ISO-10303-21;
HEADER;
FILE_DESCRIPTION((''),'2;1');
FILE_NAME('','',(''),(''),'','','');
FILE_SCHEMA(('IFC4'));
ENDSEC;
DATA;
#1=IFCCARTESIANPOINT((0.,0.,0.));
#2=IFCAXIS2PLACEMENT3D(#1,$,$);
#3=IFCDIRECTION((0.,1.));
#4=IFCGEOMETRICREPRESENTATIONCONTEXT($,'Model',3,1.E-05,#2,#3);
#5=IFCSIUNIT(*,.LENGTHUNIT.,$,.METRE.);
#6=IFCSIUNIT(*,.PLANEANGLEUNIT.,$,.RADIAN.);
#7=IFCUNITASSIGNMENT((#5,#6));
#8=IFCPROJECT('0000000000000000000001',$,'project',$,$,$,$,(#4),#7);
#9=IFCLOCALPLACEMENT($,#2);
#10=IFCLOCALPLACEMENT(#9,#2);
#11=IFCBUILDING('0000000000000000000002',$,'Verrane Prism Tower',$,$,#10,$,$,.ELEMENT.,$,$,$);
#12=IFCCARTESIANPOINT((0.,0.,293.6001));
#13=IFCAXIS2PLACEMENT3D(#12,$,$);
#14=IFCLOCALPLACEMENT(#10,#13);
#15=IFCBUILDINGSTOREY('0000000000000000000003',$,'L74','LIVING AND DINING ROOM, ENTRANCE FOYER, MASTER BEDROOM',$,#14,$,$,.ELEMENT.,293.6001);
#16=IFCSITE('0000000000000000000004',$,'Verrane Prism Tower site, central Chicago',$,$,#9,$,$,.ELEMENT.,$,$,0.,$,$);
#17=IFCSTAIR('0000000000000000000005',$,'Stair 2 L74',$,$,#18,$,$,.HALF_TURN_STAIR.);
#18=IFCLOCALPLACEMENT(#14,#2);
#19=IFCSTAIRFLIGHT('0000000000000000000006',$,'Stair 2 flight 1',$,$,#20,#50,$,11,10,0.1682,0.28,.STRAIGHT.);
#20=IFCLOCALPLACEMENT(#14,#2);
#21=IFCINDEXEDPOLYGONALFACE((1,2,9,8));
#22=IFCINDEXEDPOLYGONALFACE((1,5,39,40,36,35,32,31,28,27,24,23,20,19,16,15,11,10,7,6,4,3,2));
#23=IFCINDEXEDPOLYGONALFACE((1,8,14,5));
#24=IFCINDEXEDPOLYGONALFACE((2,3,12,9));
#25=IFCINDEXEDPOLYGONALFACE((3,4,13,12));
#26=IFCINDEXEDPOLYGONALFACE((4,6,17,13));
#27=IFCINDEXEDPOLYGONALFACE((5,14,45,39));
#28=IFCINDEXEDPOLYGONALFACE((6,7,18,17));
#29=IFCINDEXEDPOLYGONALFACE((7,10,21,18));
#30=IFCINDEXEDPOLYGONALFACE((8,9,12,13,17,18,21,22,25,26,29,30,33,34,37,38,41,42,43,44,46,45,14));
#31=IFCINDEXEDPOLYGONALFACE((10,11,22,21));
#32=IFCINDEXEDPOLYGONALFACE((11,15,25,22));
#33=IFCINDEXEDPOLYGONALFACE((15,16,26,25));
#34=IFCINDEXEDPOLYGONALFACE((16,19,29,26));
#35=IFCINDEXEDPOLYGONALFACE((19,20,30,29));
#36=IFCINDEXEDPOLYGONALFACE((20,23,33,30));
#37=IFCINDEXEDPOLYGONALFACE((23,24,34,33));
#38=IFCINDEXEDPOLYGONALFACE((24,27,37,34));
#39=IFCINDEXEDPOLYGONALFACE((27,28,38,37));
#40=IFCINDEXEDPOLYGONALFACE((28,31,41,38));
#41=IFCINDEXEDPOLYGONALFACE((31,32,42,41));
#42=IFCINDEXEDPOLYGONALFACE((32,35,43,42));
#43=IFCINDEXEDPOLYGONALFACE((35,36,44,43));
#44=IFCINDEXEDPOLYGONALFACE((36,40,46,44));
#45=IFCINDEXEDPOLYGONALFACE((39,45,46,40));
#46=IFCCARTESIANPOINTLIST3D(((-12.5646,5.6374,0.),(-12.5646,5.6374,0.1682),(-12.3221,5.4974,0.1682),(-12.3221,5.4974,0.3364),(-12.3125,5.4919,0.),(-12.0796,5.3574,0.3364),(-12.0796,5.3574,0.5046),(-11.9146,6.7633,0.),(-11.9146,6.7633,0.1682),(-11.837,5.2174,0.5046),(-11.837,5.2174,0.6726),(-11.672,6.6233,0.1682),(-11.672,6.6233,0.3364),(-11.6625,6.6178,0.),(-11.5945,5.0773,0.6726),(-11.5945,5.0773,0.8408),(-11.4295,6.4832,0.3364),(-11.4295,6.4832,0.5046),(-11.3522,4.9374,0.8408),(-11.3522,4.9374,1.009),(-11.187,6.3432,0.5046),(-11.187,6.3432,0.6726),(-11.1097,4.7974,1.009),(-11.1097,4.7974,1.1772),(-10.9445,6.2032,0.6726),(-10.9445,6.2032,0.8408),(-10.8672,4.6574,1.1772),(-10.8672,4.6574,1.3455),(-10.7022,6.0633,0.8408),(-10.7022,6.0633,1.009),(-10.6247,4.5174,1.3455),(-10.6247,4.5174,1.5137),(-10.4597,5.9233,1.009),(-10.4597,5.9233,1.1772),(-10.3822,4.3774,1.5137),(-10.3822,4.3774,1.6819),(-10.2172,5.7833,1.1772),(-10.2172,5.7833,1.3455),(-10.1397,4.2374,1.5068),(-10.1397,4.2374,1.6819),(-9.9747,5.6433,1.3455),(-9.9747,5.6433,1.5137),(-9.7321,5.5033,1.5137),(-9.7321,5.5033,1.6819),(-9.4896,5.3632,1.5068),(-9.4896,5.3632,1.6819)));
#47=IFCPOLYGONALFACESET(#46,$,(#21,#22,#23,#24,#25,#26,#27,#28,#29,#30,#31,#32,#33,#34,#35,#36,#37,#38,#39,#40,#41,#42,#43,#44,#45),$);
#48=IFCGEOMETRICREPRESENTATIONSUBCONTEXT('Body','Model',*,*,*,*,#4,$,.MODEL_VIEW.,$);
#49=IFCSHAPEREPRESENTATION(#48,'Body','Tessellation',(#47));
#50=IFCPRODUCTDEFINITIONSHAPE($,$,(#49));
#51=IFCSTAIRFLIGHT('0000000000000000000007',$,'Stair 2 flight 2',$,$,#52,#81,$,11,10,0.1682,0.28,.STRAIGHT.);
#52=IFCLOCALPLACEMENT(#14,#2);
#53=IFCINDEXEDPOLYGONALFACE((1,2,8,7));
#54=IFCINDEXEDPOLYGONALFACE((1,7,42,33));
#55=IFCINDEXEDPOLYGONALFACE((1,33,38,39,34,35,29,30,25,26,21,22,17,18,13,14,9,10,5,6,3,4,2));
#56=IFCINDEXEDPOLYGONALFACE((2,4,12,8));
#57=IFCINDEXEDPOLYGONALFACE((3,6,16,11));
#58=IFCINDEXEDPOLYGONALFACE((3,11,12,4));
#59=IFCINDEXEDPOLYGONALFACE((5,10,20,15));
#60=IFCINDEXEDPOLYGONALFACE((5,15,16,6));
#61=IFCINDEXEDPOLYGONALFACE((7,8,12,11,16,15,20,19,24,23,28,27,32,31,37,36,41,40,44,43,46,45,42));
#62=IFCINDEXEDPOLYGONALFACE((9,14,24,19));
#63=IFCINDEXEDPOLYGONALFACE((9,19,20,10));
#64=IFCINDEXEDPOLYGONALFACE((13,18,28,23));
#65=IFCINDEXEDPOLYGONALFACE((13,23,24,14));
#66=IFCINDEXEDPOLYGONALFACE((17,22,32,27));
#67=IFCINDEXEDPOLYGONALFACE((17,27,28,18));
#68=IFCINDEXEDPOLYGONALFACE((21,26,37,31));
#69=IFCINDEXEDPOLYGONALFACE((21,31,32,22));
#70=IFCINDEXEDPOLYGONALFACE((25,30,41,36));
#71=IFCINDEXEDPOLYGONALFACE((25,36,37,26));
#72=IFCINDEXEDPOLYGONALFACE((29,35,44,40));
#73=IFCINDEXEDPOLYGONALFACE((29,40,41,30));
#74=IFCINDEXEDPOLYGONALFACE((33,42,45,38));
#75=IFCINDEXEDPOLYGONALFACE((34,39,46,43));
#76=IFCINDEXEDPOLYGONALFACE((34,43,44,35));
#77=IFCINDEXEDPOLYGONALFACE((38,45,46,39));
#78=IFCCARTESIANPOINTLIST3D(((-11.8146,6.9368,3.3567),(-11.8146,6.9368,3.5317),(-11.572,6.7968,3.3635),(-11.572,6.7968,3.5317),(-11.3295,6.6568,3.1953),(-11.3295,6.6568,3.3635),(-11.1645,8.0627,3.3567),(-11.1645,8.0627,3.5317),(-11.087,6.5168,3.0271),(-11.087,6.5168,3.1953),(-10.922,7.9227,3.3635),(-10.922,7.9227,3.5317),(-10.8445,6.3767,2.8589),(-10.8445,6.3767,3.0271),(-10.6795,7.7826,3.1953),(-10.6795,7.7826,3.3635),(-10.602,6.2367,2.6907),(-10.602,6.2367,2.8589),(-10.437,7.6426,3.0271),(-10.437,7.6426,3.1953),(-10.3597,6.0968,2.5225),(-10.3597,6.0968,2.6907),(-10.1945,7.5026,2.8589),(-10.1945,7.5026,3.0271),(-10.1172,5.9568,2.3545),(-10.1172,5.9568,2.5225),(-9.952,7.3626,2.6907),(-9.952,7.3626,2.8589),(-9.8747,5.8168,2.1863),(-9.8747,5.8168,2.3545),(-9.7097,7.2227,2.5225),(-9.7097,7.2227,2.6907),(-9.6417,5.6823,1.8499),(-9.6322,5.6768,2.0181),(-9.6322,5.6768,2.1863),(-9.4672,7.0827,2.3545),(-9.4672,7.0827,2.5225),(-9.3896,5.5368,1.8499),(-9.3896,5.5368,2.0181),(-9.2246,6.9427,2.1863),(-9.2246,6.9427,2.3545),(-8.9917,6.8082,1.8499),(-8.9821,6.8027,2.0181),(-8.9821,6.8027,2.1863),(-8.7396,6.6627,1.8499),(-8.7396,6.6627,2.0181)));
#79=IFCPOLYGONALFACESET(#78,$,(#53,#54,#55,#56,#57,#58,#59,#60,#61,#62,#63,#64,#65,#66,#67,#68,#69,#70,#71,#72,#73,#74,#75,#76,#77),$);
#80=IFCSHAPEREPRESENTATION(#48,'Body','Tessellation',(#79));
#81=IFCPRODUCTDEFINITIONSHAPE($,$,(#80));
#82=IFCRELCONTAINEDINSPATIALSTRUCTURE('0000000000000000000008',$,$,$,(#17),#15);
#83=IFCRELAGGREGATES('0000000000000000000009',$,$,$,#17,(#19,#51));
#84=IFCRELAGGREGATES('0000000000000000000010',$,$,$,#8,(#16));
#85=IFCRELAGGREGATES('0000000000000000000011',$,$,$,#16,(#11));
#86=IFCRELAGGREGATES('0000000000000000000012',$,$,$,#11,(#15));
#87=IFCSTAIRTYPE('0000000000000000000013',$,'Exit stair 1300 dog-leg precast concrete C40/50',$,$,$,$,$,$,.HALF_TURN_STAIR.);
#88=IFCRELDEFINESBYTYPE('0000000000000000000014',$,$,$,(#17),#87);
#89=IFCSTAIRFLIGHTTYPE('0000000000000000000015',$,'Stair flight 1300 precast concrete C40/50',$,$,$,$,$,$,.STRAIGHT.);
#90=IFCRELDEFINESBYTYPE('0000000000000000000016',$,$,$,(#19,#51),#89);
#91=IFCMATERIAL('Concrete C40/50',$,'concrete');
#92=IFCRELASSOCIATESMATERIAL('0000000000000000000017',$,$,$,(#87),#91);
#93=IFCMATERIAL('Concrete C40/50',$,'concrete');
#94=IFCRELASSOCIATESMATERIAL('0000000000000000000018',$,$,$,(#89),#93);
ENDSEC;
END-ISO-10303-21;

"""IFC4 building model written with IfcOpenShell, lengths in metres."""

from ifc_helpers import new_model, si_unit, direction, frame, origin, place, context, subcontext, project, spatial, polyline, outline, extrude, material, type_object, element, aggregate, save


model = new_model("IFC4")

# Units and contexts
model_context = context("Model", 3, precision=1e-05, world=origin(), true_north=direction((0.0, 1.0)))
body_context = subcontext(model_context, "Body", "Model", "MODEL_VIEW")
ifc_project = project(units=[si_unit("LENGTHUNIT", "METRE"), si_unit("PLANEANGLEUNIT", "RADIAN")], contexts=[model_context])

# Site, building, storey
site_placement = place(None, origin())
site = spatial("IfcSite", under=ifc_project, at=site_placement, Name="Verrane Prism Tower site, central Chicago", CompositionType="ELEMENT", RefElevation=0.0)
building_placement = place(site_placement, origin())
building = spatial("IfcBuilding", under=site, at=building_placement, Name="Verrane Prism Tower", CompositionType="ELEMENT")
storey_placement = place(building_placement, frame((0.0, 0.0, 293.6001)))
storey = spatial("IfcBuildingStorey", under=building, at=storey_placement, Name="L74", Description="LIVING AND DINING ROOM, ENTRANCE FOYER, MASTER BEDROOM", CompositionType="ELEMENT", Elevation=293.6001)

# Stair, stair flights
ifc_material_1 = material(Name="Concrete C40/50", Category="concrete")
stair_type = type_object("IfcStairType", Name="Exit stair 1300 dog-leg precast concrete C40/50", PredefinedType="HALF_TURN_STAIR", material=ifc_material_1)
stair_placement = place(storey_placement, origin())
stair = element("IfcStair", 1, at=stair_placement, inside=storey, type_object=stair_type, Name="Stair 2 L74", PredefinedType="HALF_TURN_STAIR")
ifc_material_2 = material(Name="Concrete C40/50", Category="concrete")
stair_flight_type = type_object("IfcStairFlightType", Name="Stair flight 1300 precast concrete C40/50", PredefinedType="STRAIGHT", material=ifc_material_2)
stair_flight_1_placement = place(storey_placement, frame((-12.2395, 6.2004, 0.0), z_axis=(0.0, 0.0, 1.0), x_axis=(0.866025, -0.5, 0.0)))
stair_flight_1 = element("IfcStairFlight", 2, at=stair_flight_1_placement, type_object=stair_flight_type, Name="Stair 2 flight 1", NumberOfRisers=11, NumberOfTreads=10, PredefinedType="STRAIGHT", RiserHeight=0.1682, TreadLength=0.28, context=body_context, shape_type="SweptSolid", body=[
    extrude(outline(polyline([(0.0, 0.0), (0.0, 0.1682), (0.28, 0.1682), (0.28, 0.3364), (0.5601, 0.3364), (0.5601, 0.5046), (0.8401, 0.5046), (0.8401, 0.6726), (1.1201, 0.6726), (1.1201, 0.8408), (1.3999, 0.8408), (1.3999, 1.009), (1.6799, 1.009), (1.6799, 1.1772), (1.96, 1.1772), (1.96, 1.3455), (2.24, 1.3455), (2.24, 1.5137), (2.52, 1.5137), (2.52, 1.6819), (2.8, 1.6819), (2.8, 1.8501), (2.8, 1.5068), (0.291, 0.0), (0.0, 0.0)])), frame((0.0, 0.6499, 0.0), z_axis=(0.0, -1.0, 0.0), x_axis=(1.0, 0.0, 0.0)), (0.0, 0.0, 1.0), 1.3),
])
stair_flight_2_placement = place(storey_placement, frame((-9.0647, 6.0996, 1.8499), z_axis=(0.0, 0.0, 1.0), x_axis=(-0.866025, 0.5, 0.0)))
stair_flight_2 = element("IfcStairFlight", 3, at=stair_flight_2_placement, type_object=stair_flight_type, Name="Stair 2 flight 2", NumberOfRisers=11, NumberOfTreads=10, PredefinedType="STRAIGHT", RiserHeight=0.1682, TreadLength=0.28, context=body_context, shape_type="SweptSolid", body=[
    extrude(outline(polyline([(0.0, 0.0), (0.0, 0.1682), (0.28, 0.1682), (0.28, 0.3364), (0.5601, 0.3364), (0.5601, 0.5046), (0.8401, 0.5046), (0.8401, 0.6726), (1.1201, 0.6726), (1.1201, 0.8408), (1.3999, 0.8408), (1.3999, 1.009), (1.6799, 1.009), (1.6799, 1.1772), (1.96, 1.1772), (1.96, 1.3455), (2.24, 1.3455), (2.24, 1.5137), (2.52, 1.5137), (2.52, 1.6819), (2.8, 1.6819), (2.8, 1.8501), (2.8, 1.5068), (0.291, 0.0), (0.0, 0.0)])), frame((0.0, 0.6499, 0.0), z_axis=(0.0, -1.0, 0.0), x_axis=(1.0, 0.0, 0.0)), (0.0, 0.0, 1.0), 1.3),
])
aggregate(stair, [stair_flight_1, stair_flight_2])

save(model, "model.ifc")
